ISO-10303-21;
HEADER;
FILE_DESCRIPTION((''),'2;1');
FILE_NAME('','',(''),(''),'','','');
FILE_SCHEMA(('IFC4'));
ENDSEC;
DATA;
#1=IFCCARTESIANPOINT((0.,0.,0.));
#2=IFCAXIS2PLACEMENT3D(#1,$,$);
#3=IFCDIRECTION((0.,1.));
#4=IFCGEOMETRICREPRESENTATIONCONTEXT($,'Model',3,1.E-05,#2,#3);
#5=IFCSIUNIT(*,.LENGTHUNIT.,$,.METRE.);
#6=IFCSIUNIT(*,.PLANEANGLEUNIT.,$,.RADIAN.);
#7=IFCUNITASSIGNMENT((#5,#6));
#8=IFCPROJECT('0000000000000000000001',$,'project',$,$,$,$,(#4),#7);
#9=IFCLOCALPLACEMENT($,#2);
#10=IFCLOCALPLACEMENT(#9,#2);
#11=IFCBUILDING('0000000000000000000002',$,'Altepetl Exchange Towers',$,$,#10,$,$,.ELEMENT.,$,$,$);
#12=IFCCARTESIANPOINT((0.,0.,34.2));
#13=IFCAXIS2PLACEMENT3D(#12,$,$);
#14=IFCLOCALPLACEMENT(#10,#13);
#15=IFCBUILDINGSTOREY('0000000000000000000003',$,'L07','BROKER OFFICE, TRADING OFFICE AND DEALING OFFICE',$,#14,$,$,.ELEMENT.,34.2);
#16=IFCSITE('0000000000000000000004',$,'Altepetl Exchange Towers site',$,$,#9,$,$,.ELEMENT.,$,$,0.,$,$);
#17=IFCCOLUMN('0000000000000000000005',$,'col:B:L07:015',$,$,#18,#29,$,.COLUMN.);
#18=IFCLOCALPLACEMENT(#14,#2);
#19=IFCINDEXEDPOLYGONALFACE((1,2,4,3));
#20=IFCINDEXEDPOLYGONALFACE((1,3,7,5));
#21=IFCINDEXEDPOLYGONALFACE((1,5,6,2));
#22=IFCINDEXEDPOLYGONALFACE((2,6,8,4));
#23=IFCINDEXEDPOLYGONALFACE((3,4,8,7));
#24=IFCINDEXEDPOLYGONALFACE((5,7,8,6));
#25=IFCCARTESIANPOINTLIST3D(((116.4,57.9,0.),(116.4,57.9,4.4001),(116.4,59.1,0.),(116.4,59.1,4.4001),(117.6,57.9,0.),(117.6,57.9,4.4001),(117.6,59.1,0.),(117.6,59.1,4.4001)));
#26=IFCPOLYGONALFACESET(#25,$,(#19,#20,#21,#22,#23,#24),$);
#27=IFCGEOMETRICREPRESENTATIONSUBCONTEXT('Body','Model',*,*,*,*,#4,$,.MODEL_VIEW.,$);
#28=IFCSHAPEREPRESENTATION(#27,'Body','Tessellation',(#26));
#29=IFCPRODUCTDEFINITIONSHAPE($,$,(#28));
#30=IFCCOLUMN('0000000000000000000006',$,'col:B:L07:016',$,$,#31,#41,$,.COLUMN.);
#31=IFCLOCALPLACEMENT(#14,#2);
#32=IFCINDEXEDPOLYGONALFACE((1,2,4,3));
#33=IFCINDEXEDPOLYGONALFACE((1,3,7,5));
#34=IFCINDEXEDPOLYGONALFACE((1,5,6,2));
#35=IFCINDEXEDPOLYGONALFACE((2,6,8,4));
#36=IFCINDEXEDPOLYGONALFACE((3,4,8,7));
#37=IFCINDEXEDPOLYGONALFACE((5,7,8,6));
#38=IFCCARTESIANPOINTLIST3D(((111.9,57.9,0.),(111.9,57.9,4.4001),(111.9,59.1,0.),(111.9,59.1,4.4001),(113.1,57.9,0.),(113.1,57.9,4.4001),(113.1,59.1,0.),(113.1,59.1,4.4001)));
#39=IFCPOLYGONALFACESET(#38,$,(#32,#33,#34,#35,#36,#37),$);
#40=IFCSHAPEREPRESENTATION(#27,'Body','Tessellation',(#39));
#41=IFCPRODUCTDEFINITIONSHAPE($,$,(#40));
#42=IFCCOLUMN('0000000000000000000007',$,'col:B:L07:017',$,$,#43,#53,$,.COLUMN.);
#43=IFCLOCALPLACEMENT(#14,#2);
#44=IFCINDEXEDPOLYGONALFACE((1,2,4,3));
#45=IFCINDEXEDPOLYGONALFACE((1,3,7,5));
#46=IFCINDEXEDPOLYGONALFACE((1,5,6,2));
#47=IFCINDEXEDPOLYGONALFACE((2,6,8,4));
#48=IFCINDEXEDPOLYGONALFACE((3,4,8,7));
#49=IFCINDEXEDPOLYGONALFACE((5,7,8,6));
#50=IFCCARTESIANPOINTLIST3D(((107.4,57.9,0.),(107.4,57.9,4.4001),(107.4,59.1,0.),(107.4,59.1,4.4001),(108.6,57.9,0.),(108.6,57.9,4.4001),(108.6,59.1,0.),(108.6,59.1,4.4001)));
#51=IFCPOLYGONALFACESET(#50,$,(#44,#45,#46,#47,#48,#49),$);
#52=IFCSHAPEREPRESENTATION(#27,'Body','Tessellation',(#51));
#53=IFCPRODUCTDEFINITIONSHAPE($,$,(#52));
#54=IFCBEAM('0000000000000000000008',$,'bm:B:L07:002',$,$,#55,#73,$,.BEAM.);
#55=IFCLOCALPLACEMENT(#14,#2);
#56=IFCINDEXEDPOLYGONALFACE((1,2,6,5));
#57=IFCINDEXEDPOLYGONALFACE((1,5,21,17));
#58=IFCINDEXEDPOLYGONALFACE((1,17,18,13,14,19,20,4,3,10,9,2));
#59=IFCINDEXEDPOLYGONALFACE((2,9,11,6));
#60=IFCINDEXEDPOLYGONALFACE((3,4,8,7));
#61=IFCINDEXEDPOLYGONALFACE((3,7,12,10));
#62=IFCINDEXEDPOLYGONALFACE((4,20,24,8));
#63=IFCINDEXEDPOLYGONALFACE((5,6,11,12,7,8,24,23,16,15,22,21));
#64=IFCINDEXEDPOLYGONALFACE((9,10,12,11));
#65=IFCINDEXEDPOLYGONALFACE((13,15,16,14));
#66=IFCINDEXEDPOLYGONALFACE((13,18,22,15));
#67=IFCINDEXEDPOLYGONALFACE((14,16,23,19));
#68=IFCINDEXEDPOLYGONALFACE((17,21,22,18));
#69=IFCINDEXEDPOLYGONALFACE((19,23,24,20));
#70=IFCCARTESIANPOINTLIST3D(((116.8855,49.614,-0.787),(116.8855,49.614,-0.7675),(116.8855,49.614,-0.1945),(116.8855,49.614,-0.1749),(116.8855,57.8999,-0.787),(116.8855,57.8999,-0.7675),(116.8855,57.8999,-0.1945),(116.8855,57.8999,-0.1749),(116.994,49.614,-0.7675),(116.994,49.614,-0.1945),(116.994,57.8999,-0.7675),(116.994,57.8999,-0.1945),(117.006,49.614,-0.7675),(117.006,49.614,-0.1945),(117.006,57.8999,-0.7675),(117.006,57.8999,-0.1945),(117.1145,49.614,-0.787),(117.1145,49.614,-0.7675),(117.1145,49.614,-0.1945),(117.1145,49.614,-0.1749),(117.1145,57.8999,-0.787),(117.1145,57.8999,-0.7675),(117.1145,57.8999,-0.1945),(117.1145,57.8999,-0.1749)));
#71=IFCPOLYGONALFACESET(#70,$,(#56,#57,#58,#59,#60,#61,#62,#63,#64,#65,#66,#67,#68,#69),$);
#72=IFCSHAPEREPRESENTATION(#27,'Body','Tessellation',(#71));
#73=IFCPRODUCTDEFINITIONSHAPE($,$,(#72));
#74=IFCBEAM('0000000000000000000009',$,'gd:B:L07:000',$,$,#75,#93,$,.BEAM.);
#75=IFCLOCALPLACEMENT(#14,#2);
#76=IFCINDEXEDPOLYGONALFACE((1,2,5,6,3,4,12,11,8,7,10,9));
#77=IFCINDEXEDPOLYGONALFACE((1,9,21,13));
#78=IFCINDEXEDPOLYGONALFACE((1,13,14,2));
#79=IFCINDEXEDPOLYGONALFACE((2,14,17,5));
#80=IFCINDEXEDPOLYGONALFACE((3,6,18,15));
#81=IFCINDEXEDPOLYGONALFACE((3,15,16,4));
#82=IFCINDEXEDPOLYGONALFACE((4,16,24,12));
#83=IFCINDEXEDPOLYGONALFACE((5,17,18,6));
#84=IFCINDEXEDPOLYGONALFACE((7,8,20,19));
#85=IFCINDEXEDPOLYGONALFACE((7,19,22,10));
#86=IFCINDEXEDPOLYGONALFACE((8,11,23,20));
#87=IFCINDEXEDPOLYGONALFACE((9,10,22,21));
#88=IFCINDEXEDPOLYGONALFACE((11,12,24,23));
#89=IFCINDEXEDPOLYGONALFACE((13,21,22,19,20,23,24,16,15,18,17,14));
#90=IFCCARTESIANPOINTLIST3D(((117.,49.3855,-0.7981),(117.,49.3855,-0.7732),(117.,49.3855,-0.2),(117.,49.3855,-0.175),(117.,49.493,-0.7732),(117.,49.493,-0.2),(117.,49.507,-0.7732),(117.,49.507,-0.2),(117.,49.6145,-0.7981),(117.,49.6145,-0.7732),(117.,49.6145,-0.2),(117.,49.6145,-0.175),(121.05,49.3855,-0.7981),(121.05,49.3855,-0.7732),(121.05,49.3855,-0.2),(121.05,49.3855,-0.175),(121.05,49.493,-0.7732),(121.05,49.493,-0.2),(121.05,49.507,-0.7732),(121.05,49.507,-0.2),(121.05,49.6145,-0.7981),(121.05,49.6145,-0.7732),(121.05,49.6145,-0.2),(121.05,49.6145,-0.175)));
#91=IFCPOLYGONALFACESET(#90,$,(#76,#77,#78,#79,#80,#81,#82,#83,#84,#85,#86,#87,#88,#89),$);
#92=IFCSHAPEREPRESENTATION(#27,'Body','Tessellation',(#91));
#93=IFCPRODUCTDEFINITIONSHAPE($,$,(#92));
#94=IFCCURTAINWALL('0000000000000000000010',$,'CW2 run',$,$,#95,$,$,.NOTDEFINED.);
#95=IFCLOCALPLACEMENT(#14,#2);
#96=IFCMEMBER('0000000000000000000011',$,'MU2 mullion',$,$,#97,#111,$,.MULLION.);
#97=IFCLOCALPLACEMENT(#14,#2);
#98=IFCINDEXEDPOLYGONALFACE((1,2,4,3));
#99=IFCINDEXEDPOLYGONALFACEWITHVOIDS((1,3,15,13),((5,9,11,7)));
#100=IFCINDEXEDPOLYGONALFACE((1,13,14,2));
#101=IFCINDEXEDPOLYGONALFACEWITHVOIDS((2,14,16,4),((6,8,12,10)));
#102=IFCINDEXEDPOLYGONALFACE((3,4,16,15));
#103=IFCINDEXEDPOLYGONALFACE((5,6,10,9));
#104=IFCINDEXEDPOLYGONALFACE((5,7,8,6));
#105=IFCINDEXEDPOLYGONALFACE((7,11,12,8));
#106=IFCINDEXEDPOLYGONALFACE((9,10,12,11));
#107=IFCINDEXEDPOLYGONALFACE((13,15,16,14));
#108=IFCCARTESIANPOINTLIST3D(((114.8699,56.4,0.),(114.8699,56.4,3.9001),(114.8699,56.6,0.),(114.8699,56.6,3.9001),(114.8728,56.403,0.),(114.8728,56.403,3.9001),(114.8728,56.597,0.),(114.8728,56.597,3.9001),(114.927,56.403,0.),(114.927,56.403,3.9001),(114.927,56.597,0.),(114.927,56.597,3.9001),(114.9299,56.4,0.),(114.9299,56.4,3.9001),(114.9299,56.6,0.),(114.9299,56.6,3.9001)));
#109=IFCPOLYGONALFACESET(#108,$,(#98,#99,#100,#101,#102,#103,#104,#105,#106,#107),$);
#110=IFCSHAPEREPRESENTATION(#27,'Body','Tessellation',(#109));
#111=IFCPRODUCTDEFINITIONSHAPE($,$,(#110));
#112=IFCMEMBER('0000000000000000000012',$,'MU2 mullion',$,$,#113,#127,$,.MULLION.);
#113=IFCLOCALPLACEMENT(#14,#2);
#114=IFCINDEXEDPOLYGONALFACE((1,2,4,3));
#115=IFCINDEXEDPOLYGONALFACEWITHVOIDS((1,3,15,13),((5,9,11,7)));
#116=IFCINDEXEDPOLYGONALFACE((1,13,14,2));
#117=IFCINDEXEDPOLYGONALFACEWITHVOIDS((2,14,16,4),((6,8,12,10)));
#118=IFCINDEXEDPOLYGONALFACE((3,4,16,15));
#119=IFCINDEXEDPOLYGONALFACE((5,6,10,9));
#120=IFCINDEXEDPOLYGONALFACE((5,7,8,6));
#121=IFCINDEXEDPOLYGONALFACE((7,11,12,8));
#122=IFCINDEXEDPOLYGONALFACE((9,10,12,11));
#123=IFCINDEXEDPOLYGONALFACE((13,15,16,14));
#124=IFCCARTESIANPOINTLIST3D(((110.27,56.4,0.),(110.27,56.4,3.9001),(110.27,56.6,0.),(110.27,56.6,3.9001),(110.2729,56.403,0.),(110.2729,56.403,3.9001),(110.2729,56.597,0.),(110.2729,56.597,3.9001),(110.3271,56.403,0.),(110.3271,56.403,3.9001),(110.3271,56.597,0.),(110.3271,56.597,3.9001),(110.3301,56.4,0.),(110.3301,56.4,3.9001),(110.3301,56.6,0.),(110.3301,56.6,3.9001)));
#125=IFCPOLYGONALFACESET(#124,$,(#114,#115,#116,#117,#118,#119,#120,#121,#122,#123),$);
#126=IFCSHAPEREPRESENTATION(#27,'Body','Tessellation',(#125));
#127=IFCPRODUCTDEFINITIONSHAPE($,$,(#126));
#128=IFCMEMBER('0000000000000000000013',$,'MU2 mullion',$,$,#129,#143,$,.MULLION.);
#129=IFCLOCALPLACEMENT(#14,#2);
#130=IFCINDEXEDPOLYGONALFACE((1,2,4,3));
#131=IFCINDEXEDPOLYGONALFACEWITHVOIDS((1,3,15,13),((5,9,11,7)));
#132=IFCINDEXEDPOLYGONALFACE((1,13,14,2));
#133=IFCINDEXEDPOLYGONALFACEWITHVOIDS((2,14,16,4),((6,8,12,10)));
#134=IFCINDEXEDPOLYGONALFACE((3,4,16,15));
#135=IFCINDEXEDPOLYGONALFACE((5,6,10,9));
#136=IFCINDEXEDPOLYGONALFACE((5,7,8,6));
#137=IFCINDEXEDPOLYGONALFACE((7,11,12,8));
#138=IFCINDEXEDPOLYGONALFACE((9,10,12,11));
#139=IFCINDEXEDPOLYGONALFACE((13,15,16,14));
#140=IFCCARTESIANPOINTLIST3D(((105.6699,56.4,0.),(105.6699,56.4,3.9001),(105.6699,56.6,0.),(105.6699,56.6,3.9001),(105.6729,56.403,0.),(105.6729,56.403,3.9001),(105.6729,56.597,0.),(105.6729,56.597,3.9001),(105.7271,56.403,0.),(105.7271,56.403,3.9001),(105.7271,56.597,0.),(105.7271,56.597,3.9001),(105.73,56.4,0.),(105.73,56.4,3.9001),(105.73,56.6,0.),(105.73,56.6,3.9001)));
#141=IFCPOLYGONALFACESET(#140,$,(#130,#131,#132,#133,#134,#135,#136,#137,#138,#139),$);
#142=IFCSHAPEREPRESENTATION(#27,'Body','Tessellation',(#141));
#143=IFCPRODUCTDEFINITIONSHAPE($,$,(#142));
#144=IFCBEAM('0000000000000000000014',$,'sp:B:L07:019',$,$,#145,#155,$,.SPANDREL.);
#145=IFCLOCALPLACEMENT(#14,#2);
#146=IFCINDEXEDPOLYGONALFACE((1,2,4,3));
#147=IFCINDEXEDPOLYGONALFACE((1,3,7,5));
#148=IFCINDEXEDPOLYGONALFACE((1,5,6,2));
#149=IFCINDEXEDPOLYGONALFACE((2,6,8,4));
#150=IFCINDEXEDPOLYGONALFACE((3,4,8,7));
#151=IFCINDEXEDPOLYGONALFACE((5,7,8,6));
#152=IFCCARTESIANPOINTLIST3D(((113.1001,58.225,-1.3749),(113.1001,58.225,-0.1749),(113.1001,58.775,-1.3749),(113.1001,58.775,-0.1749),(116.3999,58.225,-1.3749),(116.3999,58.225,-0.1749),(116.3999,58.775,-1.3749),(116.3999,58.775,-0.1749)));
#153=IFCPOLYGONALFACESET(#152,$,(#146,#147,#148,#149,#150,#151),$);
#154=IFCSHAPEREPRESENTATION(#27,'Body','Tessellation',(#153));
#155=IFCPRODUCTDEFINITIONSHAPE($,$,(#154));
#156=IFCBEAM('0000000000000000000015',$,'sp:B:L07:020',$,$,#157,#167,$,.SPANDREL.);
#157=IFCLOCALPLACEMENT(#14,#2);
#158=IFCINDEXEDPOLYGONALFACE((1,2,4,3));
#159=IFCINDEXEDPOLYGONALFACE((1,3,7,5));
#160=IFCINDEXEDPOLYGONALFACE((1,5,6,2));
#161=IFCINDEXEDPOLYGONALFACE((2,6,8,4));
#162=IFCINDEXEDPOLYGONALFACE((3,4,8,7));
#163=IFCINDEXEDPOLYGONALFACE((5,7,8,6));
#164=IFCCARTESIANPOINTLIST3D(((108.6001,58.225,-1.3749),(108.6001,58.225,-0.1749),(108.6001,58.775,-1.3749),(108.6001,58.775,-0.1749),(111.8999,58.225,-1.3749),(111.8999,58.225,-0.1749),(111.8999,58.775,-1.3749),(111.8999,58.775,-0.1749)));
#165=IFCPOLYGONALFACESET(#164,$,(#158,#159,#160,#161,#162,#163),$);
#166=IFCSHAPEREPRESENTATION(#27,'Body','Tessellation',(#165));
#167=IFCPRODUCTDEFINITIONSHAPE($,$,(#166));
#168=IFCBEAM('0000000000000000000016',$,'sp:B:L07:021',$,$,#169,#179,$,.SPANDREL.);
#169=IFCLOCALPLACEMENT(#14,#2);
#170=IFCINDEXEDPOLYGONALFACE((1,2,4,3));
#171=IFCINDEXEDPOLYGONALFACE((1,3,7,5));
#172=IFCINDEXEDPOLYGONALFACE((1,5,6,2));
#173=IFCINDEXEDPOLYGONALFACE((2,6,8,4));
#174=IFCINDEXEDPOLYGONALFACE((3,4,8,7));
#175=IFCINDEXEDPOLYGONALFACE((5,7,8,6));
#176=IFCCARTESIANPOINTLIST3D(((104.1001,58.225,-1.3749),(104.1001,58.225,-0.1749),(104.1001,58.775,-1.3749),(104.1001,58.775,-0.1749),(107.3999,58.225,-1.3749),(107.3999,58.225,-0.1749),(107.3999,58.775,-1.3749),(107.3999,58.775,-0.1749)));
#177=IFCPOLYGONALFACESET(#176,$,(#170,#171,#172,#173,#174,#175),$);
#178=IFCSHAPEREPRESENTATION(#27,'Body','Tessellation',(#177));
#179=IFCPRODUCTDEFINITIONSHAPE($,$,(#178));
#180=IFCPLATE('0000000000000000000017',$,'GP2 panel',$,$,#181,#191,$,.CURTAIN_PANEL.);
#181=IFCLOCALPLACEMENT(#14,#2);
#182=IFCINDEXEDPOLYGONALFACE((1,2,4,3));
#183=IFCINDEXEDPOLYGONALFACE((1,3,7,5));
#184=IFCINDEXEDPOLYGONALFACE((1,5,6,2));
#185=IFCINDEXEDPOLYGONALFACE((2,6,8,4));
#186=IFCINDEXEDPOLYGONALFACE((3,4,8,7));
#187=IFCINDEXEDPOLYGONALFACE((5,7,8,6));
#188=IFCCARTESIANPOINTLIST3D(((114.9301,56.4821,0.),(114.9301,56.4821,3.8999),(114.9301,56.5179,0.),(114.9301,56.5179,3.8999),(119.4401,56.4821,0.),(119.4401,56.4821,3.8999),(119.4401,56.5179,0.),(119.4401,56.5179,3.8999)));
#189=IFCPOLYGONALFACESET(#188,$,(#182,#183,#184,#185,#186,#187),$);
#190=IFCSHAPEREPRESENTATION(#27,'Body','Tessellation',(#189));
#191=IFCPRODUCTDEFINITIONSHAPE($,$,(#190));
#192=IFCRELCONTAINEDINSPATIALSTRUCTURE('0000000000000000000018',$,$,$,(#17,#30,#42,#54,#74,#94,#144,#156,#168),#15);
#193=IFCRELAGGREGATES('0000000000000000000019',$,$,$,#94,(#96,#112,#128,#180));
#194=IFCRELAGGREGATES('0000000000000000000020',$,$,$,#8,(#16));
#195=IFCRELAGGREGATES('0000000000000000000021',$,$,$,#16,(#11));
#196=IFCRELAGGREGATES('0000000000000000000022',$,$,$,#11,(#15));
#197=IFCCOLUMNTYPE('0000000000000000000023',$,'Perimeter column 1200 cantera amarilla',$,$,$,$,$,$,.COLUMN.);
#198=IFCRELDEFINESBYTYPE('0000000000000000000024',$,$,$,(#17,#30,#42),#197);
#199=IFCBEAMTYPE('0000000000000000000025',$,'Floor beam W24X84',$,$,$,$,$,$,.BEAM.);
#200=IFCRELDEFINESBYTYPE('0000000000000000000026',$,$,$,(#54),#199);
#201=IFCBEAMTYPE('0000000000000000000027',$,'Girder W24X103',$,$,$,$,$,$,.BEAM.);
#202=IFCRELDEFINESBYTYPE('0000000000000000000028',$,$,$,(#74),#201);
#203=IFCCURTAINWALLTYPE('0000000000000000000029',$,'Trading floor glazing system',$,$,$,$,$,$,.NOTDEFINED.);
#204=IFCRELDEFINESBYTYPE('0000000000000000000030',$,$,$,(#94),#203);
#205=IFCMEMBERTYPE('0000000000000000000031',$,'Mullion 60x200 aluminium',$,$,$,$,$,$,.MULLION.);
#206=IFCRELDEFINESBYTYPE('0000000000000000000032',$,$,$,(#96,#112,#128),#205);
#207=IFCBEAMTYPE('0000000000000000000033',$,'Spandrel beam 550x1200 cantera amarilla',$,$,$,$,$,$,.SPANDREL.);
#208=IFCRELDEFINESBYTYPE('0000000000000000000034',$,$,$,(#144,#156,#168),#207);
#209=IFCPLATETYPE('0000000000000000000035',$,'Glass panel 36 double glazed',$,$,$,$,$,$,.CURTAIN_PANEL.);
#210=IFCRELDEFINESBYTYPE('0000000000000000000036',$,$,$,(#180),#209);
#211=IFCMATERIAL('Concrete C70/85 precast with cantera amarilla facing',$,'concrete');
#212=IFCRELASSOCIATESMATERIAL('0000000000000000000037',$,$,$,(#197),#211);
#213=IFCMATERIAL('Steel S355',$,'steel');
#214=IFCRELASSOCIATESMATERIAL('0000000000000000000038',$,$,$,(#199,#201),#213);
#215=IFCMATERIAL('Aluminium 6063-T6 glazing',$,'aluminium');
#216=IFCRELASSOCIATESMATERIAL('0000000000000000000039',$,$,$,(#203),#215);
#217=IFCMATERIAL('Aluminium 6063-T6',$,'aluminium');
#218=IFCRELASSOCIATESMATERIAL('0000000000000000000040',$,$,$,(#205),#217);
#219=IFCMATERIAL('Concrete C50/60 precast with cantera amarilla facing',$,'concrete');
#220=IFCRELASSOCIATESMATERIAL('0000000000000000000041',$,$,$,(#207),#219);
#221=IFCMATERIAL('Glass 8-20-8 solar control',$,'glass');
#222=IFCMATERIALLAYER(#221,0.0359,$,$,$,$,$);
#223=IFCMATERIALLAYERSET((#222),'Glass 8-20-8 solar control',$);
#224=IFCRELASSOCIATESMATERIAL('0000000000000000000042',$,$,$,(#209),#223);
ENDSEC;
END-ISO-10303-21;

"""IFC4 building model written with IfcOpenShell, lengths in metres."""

from ifc_helpers import new_model, si_unit, direction, frame, origin, origin_2d, place, context, subcontext, project, spatial, rectangle, hollow_rectangle, i_section, extrude, material, layer, layer_set, material_profile, profile_set, type_object, element, aggregate, save


model = new_model("IFC4")

# Units and contexts
model_context = context("Model", 3, precision=1e-05, world=origin(), true_north=direction((0.0, 1.0)))
body_context = subcontext(model_context, "Body", "Model", "MODEL_VIEW")
ifc_project = project(units=[si_unit("LENGTHUNIT", "METRE"), si_unit("PLANEANGLEUNIT", "RADIAN")], contexts=[model_context])

# Site, building, storey
site_placement = place(None, origin())
site = spatial("IfcSite", under=ifc_project, at=site_placement, Name="Altepetl Exchange Towers site", CompositionType="ELEMENT", RefElevation=0.0)
building_placement = place(site_placement, origin())
building = spatial("IfcBuilding", under=site, at=building_placement, Name="Altepetl Exchange Towers", CompositionType="ELEMENT")
storey_placement = place(building_placement, frame((0.0, 0.0, 34.2)))
storey = spatial("IfcBuildingStorey", under=building, at=storey_placement, Name="L07", Description="BROKER OFFICE, TRADING OFFICE AND DEALING OFFICE", CompositionType="ELEMENT", Elevation=34.2)

# Columns
ifc_material_1 = material(Name="Concrete C70/85 precast with cantera amarilla facing", Category="concrete")
ifc_material_profile_1 = material_profile(ifc_material_1, rectangle(XDim=1.2, YDim=1.2, at=origin_2d()), Name="1200 x 1200")
ifc_profile_set_1 = profile_set([ifc_material_profile_1], Name="Concrete C70/85 precast with cantera amarilla facing")
column_type = type_object("IfcColumnType", Name="Perimeter column 1200 cantera amarilla", PredefinedType="COLUMN", material=ifc_profile_set_1)
for number, where, name in (
    (1, (117.0, 58.5, 0.0), "col:B:L07:015"),
    (2, (112.5, 58.5, 0.0), "col:B:L07:016"),
    (3, (108.0, 58.5, 0.0), "col:B:L07:017"),
):
    element("IfcColumn", number, at=place(storey_placement, frame(where)), inside=storey, type_object=column_type, Name=name, PredefinedType="COLUMN", context=body_context, shape_type="SweptSolid", body=[
        extrude(rectangle(XDim=1.2, YDim=1.2, at=origin_2d()), origin(), (0.0, 0.0, 1.0), 4.4001),
    ])

# Beams
ifc_material_2 = material(Name="Steel S355", Category="steel")
ifc_material_profile_2 = material_profile(ifc_material_2, i_section(OverallWidth=0.229, OverallDepth=0.6121, WebThickness=0.012, FlangeThickness=0.0195, at=origin_2d()), Name="W24X84")
ifc_profile_set_2 = profile_set([ifc_material_profile_2], Name="Steel S355")
beam_type_1 = type_object("IfcBeamType", Name="Floor beam W24X84", PredefinedType="BEAM", material=ifc_profile_set_2)
beam_1_placement = place(storey_placement, frame((117.0, 49.614, -0.481), z_axis=(0.0, 1.0, 0.0), x_axis=(-1.0, 0.0, 0.0)))
element("IfcBeam", 4, at=beam_1_placement, inside=storey, type_object=beam_type_1, Name="bm:B:L07:002", PredefinedType="BEAM", context=body_context, shape_type="SweptSolid", body=[
    extrude(i_section(OverallWidth=0.229, OverallDepth=0.6121, WebThickness=0.012, FlangeThickness=0.0195, at=origin_2d()), origin(), (0.0, 0.0, 1.0), 8.2859),
])
ifc_material_profile_3 = material_profile(ifc_material_2, i_section(OverallWidth=0.229, OverallDepth=0.623, WebThickness=0.0139, FlangeThickness=0.0249, at=origin_2d()), Name="W24X103")
ifc_profile_set_3 = profile_set([ifc_material_profile_3], Name="Steel S355")
beam_type_2 = type_object("IfcBeamType", Name="Girder W24X103", PredefinedType="BEAM", material=ifc_profile_set_3)
beam_2_placement = place(storey_placement, frame((117.0, 49.5, -0.4866), z_axis=(1.0, 0.0, 0.0), x_axis=(0.0, 1.0, 0.0)))
element("IfcBeam", 5, at=beam_2_placement, inside=storey, type_object=beam_type_2, Name="gd:B:L07:000", PredefinedType="BEAM", context=body_context, shape_type="SweptSolid", body=[
    extrude(i_section(OverallWidth=0.229, OverallDepth=0.623, WebThickness=0.0139, FlangeThickness=0.0249, at=origin_2d()), origin(), (0.0, 0.0, 1.0), 4.05),
])

# Curtain wall, members
ifc_material_3 = material(Name="Aluminium 6063-T6 glazing", Category="aluminium")
curtain_wall_type = type_object("IfcCurtainWallType", Name="Trading floor glazing system", PredefinedType="NOTDEFINED", material=ifc_material_3)
curtain_wall_placement = place(storey_placement, origin())
curtain_wall = element("IfcCurtainWall", 6, at=curtain_wall_placement, inside=storey, type_object=curtain_wall_type, Name="CW2 run", PredefinedType="NOTDEFINED")
ifc_material_4 = material(Name="Aluminium 6063-T6", Category="aluminium")
ifc_material_profile_4 = material_profile(ifc_material_4, hollow_rectangle(XDim=0.0601, YDim=0.2, WallThickness=0.0029, at=origin_2d()), Name="Mullion 60x200 aluminium")
ifc_profile_set_4 = profile_set([ifc_material_profile_4], Name="Aluminium 6063-T6")
member_type = type_object("IfcMemberType", Name="Mullion 60x200 aluminium", PredefinedType="MULLION", material=ifc_profile_set_4)
member_1_placement = place(storey_placement, frame((114.8999, 56.5, 0.0), z_axis=(0.0, 0.0, 1.0), x_axis=(-1.0, 0.0, 0.0)))
member_1 = element("IfcMember", 7, at=member_1_placement, type_object=member_type, Name="MU2 mullion", PredefinedType="MULLION", context=body_context, shape_type="SweptSolid", body=[
    extrude(hollow_rectangle(XDim=0.0601, YDim=0.2, WallThickness=0.0029, at=origin_2d()), origin(), (0.0, 0.0, 1.0), 3.9001),
])
member_2_placement = place(storey_placement, frame((110.3, 56.5, 0.0), z_axis=(0.0, 0.0, 1.0), x_axis=(-1.0, 0.0, 0.0)))
member_2 = element("IfcMember", 8, at=member_2_placement, type_object=member_type, Name="MU2 mullion", PredefinedType="MULLION", context=body_context, shape_type="SweptSolid", body=[
    extrude(hollow_rectangle(XDim=0.0601, YDim=0.2, WallThickness=0.0029, at=origin_2d()), origin(), (0.0, 0.0, 1.0), 3.9001),
])
member_3_placement = place(storey_placement, frame((105.7, 56.5, 0.0), z_axis=(0.0, 0.0, 1.0), x_axis=(-1.0, 0.0, 0.0)))
member_3 = element("IfcMember", 9, at=member_3_placement, type_object=member_type, Name="MU2 mullion", PredefinedType="MULLION", context=body_context, shape_type="SweptSolid", body=[
    extrude(hollow_rectangle(XDim=0.0601, YDim=0.2, WallThickness=0.0029, at=origin_2d()), origin(), (0.0, 0.0, 1.0), 3.9001),
])

# Beams
ifc_material_5 = material(Name="Concrete C50/60 precast with cantera amarilla facing", Category="concrete")
ifc_material_profile_5 = material_profile(ifc_material_5, rectangle(XDim=0.55, YDim=1.2, at=origin_2d()), Name="550 x 1200")
ifc_profile_set_5 = profile_set([ifc_material_profile_5], Name="Concrete C50/60 precast with cantera amarilla facing")
beam_type_3 = type_object("IfcBeamType", Name="Spandrel beam 550x1200 cantera amarilla", PredefinedType="SPANDREL", material=ifc_profile_set_5)
for number, where, z_axis, x_axis, name in (
    (10, (116.3999, 58.5, -0.7749), (-1.0, 0.0, 0.0), (0.0, -1.0, 0.0), "sp:B:L07:019"),
    (11, (111.8999, 58.5, -0.7749), (-1.0, 0.0, 0.0), (0.0, -1.0, 0.0), "sp:B:L07:020"),
    (12, (107.3999, 58.5, -0.7749), (-1.0, 0.0, 0.0), (0.0, -1.0, 0.0), "sp:B:L07:021"),
):
    element("IfcBeam", number, at=place(storey_placement, frame(where, z_axis=z_axis, x_axis=x_axis)), inside=storey, type_object=beam_type_3, Name=name, PredefinedType="SPANDREL", context=body_context, shape_type="SweptSolid", body=[
        extrude(rectangle(XDim=0.55, YDim=1.2, at=origin_2d()), origin(), (0.0, 0.0, 1.0), 3.2998),
    ])

# Plate
ifc_material_6 = material(Name="Glass 8-20-8 solar control", Category="glass")
ifc_layer_1 = layer(ifc_material_6, 0.0359)
ifc_layer_set_1 = layer_set([ifc_layer_1], Name="Glass 8-20-8 solar control")
plate_type = type_object("IfcPlateType", Name="Glass panel 36 double glazed", PredefinedType="CURTAIN_PANEL", material=ifc_layer_set_1)
plate_1_placement = place(storey_placement, frame((117.1851, 56.5, 0.0), z_axis=(0.0, 0.0, 1.0), x_axis=(-1.0, 0.0, 0.0)))
plate_1 = element("IfcPlate", 13, at=plate_1_placement, type_object=plate_type, Name="GP2 panel", PredefinedType="CURTAIN_PANEL", context=body_context, shape_type="SweptSolid", body=[
    extrude(rectangle(XDim=4.51, YDim=0.0359, at=origin_2d()), origin(), (0.0, 0.0, 1.0), 3.8999),
])
aggregate(curtain_wall, [member_1, member_2, member_3, plate_1])

save(model, "model.ifc")
